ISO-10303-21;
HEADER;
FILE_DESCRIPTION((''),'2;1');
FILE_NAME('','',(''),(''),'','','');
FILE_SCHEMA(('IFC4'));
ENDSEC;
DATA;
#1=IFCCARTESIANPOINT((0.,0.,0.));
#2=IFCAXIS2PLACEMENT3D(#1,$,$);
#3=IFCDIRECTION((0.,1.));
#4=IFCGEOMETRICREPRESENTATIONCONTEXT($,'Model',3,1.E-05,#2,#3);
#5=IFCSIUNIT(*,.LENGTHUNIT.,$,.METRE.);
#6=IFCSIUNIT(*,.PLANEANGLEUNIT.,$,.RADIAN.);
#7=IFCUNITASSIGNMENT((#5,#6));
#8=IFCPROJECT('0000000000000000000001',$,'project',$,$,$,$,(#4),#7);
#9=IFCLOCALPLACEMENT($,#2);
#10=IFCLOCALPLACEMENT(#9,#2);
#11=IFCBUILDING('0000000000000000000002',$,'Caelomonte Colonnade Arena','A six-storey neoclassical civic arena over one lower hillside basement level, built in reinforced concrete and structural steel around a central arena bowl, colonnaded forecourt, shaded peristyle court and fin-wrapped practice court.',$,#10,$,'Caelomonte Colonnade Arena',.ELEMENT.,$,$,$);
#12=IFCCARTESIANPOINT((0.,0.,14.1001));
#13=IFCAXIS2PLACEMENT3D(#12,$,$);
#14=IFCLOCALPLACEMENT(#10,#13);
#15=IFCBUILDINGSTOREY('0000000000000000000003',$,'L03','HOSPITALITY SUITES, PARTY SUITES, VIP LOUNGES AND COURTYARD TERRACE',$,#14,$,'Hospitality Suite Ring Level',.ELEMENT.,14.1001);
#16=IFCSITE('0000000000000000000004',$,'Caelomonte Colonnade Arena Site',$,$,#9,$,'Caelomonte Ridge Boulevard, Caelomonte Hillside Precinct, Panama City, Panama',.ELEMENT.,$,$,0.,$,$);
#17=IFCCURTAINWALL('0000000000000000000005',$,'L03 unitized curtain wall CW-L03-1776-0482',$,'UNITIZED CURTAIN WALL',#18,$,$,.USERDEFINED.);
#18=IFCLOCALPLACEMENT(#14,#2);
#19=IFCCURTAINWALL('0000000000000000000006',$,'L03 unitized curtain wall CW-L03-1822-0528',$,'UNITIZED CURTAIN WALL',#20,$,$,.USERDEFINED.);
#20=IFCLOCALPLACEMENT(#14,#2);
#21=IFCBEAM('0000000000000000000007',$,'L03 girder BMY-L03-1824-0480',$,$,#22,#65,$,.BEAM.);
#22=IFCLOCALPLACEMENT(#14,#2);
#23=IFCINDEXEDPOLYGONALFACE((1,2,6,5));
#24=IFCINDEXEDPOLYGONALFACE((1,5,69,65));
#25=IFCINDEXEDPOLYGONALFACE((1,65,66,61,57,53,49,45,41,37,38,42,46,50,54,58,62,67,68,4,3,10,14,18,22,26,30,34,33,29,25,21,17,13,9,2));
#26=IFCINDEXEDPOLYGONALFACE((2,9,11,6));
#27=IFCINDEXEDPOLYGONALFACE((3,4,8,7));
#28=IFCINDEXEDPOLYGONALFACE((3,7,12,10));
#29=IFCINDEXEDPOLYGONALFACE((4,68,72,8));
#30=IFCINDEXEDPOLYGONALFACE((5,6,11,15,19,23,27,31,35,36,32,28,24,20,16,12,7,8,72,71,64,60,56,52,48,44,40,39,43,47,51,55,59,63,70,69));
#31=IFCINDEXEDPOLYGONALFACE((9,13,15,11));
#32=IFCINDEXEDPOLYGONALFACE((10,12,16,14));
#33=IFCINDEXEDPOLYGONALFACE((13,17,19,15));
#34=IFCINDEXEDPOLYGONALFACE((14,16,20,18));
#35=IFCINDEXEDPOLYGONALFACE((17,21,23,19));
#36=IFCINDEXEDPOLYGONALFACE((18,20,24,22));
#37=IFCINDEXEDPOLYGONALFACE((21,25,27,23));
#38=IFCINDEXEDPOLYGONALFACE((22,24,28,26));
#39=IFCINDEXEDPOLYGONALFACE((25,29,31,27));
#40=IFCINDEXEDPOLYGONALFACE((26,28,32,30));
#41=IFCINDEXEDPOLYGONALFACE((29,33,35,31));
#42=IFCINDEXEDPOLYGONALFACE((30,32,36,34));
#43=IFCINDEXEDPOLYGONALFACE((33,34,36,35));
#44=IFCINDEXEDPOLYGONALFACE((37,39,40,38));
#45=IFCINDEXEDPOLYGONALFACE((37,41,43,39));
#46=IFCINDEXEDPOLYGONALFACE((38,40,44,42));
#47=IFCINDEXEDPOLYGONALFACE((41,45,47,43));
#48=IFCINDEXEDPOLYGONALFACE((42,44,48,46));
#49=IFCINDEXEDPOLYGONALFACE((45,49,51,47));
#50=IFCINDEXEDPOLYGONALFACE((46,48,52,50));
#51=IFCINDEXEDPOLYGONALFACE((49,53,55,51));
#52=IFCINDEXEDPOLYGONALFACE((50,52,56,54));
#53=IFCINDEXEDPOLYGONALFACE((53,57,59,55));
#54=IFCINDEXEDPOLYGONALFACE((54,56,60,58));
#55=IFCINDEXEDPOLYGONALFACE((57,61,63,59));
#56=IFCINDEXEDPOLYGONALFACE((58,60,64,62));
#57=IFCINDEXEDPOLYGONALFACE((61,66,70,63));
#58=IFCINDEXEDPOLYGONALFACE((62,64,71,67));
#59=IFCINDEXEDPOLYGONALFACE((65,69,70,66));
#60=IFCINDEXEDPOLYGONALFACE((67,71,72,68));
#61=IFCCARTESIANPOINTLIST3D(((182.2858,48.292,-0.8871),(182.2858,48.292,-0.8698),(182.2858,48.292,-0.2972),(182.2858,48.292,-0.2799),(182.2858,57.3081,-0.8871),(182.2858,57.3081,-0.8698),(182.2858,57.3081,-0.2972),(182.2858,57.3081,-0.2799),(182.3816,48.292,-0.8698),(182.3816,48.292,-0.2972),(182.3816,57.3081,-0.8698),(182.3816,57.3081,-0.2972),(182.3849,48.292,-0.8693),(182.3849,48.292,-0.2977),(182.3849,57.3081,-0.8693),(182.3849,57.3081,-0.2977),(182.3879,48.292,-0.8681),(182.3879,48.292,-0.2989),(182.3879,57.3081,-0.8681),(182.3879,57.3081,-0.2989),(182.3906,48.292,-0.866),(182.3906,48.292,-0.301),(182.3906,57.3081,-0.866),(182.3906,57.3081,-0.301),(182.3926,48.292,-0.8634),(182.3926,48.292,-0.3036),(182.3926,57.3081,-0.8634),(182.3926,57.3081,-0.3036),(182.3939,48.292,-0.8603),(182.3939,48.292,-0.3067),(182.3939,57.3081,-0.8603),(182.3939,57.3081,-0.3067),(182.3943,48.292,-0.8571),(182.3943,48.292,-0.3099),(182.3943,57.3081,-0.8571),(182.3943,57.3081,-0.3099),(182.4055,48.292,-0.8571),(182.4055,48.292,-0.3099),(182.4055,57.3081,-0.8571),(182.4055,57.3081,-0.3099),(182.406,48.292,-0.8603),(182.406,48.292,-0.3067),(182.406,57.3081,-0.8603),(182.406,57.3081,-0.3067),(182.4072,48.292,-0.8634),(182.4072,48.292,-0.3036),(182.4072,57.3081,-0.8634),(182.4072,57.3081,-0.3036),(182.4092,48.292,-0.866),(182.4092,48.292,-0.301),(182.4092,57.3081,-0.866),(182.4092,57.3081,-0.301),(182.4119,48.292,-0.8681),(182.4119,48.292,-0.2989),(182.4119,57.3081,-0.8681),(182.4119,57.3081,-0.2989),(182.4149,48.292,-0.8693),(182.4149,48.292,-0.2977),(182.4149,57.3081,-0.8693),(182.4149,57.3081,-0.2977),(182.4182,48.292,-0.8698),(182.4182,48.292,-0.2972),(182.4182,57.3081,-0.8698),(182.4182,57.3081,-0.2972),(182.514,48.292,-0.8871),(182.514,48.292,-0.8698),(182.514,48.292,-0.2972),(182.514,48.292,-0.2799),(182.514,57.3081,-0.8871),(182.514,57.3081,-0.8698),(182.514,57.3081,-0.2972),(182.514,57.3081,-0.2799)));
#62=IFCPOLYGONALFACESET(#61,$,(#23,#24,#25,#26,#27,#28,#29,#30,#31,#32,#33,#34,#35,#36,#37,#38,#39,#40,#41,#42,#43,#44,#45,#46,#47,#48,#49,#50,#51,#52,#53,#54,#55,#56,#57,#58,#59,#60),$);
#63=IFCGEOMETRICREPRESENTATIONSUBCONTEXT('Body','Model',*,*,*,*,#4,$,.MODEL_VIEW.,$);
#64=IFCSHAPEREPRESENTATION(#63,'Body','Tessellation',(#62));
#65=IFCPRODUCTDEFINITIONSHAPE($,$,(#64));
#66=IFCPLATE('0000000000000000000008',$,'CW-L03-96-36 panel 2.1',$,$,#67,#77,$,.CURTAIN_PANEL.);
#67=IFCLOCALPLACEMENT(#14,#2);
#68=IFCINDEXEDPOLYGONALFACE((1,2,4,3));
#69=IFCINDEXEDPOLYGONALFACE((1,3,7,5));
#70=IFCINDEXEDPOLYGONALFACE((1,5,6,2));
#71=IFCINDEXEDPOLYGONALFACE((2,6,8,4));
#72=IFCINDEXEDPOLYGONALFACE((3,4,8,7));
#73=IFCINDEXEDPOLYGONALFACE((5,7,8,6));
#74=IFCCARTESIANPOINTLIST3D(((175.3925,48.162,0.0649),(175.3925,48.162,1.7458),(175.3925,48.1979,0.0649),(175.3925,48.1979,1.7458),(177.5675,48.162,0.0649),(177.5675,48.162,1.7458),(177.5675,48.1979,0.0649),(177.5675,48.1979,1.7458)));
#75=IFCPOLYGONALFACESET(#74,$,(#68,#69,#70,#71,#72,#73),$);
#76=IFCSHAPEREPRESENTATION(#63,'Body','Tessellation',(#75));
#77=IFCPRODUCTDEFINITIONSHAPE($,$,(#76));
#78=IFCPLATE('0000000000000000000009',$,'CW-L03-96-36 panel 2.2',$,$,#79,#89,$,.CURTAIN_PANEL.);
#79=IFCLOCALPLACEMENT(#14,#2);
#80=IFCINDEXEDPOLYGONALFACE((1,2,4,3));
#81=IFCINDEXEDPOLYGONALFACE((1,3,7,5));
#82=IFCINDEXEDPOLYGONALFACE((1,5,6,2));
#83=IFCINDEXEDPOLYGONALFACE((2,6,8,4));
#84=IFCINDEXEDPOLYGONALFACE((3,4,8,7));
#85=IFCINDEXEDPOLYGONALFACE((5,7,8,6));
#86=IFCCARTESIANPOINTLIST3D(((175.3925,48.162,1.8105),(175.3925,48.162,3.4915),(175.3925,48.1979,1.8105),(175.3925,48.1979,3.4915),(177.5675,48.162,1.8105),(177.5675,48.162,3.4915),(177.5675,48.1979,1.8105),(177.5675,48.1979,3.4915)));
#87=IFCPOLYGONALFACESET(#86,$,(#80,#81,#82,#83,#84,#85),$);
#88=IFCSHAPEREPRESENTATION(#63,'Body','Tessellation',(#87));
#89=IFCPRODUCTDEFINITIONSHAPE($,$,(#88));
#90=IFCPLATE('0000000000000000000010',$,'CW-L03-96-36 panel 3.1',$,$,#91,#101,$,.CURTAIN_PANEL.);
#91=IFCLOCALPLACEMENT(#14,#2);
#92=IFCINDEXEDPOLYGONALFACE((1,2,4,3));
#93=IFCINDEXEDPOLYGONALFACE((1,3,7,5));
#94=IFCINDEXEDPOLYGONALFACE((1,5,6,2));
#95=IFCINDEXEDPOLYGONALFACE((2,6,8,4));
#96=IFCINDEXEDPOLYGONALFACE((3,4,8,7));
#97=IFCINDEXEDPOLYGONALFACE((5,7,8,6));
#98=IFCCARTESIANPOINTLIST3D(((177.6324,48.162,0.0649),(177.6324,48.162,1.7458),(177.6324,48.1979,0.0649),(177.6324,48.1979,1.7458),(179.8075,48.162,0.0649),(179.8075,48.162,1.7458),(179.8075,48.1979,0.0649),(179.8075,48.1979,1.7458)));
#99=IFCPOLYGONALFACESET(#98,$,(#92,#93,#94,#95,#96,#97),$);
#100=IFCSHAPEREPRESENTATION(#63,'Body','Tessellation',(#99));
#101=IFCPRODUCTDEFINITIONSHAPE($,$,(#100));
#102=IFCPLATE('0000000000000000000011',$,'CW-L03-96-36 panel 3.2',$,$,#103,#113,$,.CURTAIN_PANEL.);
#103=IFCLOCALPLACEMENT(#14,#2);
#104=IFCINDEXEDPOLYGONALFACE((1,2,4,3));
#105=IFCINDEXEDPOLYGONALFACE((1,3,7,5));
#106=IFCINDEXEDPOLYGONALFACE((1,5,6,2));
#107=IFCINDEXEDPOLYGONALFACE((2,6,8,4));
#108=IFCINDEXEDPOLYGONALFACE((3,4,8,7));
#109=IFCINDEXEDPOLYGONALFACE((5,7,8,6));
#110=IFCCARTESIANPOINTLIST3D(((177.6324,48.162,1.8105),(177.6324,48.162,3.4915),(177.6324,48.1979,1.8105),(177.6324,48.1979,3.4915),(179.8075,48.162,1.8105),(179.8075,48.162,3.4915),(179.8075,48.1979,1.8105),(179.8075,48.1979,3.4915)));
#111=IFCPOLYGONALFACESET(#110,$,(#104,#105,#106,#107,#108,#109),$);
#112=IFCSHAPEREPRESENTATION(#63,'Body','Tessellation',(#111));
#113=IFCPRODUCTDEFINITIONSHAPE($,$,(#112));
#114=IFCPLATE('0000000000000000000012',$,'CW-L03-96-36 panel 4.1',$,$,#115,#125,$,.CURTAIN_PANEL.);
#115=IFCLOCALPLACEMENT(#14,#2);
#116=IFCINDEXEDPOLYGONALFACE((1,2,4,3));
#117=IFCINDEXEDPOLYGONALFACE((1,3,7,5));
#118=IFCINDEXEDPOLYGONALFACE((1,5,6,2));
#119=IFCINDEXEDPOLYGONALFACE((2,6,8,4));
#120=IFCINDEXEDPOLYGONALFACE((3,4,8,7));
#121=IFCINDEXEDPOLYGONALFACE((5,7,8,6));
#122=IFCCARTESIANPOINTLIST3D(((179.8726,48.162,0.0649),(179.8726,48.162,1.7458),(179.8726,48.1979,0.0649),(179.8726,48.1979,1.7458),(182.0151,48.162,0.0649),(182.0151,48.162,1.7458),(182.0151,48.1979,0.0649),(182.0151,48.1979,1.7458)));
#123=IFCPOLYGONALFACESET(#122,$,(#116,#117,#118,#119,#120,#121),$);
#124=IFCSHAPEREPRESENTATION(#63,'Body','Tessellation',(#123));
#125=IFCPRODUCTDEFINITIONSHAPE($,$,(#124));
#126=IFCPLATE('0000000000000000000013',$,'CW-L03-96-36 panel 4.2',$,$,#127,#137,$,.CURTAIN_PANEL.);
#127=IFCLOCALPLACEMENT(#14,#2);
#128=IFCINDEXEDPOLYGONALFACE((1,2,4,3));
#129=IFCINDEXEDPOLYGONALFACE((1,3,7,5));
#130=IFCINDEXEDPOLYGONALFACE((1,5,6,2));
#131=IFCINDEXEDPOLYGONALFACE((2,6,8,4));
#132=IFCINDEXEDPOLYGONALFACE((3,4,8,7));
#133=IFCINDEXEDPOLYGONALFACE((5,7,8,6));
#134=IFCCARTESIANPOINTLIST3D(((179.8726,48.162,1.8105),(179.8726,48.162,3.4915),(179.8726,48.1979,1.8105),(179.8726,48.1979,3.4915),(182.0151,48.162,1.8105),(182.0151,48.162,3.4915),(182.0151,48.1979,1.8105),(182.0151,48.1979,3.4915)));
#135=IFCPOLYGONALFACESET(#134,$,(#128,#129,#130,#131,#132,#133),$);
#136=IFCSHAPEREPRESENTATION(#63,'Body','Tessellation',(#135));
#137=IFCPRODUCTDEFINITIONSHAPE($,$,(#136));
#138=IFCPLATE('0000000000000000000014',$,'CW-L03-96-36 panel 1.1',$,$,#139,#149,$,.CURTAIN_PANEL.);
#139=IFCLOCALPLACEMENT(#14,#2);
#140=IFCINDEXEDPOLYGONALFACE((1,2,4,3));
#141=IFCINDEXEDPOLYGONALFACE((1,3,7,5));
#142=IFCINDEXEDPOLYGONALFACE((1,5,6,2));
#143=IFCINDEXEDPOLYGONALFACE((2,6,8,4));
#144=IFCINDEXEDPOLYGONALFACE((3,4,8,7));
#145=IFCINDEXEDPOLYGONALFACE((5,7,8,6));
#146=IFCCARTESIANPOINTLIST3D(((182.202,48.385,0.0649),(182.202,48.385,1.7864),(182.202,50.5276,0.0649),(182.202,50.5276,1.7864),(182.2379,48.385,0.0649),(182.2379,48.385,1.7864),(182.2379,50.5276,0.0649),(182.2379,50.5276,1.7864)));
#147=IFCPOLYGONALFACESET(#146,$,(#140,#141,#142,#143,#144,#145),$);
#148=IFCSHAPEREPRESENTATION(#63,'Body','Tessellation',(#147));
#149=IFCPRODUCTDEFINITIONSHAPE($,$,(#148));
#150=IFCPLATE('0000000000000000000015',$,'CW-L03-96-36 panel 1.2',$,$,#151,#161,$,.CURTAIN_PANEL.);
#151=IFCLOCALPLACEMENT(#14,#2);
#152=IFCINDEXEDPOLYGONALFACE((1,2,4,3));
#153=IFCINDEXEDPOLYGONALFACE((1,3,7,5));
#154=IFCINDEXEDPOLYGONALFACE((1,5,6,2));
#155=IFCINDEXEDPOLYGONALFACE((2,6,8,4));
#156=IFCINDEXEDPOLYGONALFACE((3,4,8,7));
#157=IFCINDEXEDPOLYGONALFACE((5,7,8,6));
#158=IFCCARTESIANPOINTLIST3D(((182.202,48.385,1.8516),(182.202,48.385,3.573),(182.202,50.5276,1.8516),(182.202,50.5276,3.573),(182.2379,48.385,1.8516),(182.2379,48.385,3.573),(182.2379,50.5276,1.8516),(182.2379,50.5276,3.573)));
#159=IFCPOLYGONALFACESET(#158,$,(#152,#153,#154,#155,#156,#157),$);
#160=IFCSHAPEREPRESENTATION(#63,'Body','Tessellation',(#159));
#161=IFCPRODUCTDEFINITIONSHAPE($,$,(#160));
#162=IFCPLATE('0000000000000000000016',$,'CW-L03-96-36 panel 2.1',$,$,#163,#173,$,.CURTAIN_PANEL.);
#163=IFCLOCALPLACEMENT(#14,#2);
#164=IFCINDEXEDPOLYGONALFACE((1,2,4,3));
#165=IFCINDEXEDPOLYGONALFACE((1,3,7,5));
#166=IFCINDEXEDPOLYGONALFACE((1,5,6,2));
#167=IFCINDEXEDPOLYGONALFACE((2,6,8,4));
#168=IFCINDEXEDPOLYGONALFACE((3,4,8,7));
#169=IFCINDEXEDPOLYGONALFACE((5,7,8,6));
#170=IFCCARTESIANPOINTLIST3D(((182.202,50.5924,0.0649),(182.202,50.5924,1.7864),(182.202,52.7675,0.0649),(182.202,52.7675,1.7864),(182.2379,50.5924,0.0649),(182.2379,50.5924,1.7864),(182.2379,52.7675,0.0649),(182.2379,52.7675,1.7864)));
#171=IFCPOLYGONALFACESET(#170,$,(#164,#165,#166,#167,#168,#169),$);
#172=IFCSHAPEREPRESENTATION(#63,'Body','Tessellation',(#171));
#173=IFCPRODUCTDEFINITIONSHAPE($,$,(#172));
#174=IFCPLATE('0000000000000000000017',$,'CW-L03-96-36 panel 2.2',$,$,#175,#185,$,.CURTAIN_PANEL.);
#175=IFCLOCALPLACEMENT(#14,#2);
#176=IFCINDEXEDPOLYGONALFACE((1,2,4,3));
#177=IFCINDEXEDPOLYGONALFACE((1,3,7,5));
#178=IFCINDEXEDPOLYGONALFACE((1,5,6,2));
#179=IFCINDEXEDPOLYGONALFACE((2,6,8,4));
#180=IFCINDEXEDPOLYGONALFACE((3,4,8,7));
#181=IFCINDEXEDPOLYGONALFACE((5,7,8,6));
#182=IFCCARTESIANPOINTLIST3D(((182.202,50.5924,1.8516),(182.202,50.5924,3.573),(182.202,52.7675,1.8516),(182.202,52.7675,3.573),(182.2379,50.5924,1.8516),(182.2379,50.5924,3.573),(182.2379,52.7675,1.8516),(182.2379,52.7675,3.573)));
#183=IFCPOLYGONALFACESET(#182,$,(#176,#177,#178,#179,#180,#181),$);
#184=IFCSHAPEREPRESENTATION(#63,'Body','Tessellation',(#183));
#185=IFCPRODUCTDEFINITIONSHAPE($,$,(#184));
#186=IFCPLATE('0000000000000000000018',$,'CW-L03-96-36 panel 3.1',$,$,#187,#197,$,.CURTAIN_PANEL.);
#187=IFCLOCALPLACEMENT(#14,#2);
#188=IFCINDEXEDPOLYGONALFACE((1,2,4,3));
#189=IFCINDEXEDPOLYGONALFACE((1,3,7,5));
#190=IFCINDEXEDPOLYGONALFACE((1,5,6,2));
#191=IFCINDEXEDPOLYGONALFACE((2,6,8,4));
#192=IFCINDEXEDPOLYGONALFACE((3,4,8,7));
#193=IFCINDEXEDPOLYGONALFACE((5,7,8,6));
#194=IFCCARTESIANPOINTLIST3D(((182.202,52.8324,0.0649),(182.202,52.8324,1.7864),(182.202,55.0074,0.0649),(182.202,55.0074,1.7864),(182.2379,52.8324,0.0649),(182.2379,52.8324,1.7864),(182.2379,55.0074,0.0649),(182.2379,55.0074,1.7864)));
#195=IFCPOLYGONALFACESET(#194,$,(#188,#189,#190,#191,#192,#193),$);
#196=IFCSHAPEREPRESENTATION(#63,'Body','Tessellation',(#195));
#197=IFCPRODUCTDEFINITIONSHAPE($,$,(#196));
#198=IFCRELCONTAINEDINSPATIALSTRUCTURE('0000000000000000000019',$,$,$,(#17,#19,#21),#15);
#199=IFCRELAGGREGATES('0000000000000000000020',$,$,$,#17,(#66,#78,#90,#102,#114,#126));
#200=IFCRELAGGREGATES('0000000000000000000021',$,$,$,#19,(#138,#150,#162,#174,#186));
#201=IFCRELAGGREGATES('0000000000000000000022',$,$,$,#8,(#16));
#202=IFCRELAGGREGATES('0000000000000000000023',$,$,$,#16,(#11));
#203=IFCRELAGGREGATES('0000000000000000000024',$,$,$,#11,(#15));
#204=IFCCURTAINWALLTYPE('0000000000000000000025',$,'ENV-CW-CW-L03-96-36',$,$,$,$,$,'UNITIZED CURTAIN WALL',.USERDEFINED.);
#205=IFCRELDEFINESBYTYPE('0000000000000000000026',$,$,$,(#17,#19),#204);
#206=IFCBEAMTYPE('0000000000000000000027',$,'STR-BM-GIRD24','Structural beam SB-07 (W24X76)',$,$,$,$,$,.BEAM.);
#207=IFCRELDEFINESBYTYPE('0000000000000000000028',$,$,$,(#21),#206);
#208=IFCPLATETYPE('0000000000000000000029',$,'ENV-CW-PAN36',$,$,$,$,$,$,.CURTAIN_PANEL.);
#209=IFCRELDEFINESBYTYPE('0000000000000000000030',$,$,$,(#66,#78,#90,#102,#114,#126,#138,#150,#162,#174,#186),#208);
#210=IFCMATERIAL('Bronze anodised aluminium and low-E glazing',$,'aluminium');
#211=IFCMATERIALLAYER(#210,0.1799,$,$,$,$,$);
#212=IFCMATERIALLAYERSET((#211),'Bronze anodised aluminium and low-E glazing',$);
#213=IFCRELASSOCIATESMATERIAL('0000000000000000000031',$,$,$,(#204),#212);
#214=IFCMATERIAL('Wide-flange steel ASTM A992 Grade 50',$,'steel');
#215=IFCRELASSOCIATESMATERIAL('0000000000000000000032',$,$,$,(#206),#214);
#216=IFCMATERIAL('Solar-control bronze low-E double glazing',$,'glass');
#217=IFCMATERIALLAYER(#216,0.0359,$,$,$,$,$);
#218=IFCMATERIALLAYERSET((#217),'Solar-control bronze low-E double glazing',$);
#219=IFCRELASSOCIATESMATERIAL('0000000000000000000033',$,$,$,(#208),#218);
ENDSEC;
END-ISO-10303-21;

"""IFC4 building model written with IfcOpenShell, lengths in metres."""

from ifc_helpers import new_model, si_unit, direction, frame, origin, origin_2d, place, context, subcontext, project, spatial, rectangle, i_section, extrude, material, layer, layer_set, material_profile, profile_set, type_object, element, aggregate, save


model = new_model("IFC4")

# Units and contexts
model_context = context("Model", 3, precision=1e-05, world=origin(), true_north=direction((0.0, 1.0)))
body_context = subcontext(model_context, "Body", "Model", "MODEL_VIEW")
ifc_project = project(units=[si_unit("LENGTHUNIT", "METRE"), si_unit("PLANEANGLEUNIT", "RADIAN")], contexts=[model_context])

# Site, building, storey
site_placement = place(None, origin())
site = spatial("IfcSite", under=ifc_project, at=site_placement, Name="Caelomonte Colonnade Arena Site", LongName="Caelomonte Ridge Boulevard, Caelomonte Hillside Precinct, Panama City, Panama", CompositionType="ELEMENT", RefElevation=0.0)
building_placement = place(site_placement, origin())
building = spatial("IfcBuilding", under=site, at=building_placement, Name="Caelomonte Colonnade Arena", Description="A six-storey neoclassical civic arena over one lower hillside basement level, built in reinforced concrete and structural steel around a central arena bowl, colonnaded forecourt, shaded peristyle court and fin-wrapped practice court.", LongName="Caelomonte Colonnade Arena", CompositionType="ELEMENT")
storey_placement = place(building_placement, frame((0.0, 0.0, 14.1001)))
storey = spatial("IfcBuildingStorey", under=building, at=storey_placement, Name="L03", Description="HOSPITALITY SUITES, PARTY SUITES, VIP LOUNGES AND COURTYARD TERRACE", LongName="Hospitality Suite Ring Level", CompositionType="ELEMENT", Elevation=14.1001)

# Curtain walls
ifc_material_1 = material(Name="Bronze anodised aluminium and low-E glazing", Category="aluminium")
ifc_layer_1 = layer(ifc_material_1, 0.1799)
ifc_layer_set_1 = layer_set([ifc_layer_1], Name="Bronze anodised aluminium and low-E glazing")
curtain_wall_type = type_object("IfcCurtainWallType", Name="ENV-CW-CW-L03-96-36", ElementType="UNITIZED CURTAIN WALL", PredefinedType="USERDEFINED", material=ifc_layer_set_1)
curtain_wall_1_placement = place(storey_placement, origin())
curtain_wall_1 = element("IfcCurtainWall", 1, at=curtain_wall_1_placement, inside=storey, type_object=curtain_wall_type, Name="L03 unitized curtain wall CW-L03-1776-0482", ObjectType="UNITIZED CURTAIN WALL", PredefinedType="USERDEFINED")
curtain_wall_2_placement = place(storey_placement, origin())
curtain_wall_2 = element("IfcCurtainWall", 2, at=curtain_wall_2_placement, inside=storey, type_object=curtain_wall_type, Name="L03 unitized curtain wall CW-L03-1822-0528", ObjectType="UNITIZED CURTAIN WALL", PredefinedType="USERDEFINED")

# Beam
ifc_material_2 = material(Name="Wide-flange steel ASTM A992 Grade 50", Category="steel")
ifc_material_profile_1 = material_profile(ifc_material_2, i_section(OverallWidth=0.2283, OverallDepth=0.6072, WebThickness=0.0112, FlangeThickness=0.0173, FilletRadius=0.0127, at=origin_2d()), Name="W24X76")
ifc_profile_set_1 = profile_set([ifc_material_profile_1], Name="Wide-flange steel ASTM A992 Grade 50")
beam_type = type_object("IfcBeamType", Name="STR-BM-GIRD24", Description="Structural beam SB-07 (W24X76)", PredefinedType="BEAM", material=ifc_profile_set_1)
beam_placement = place(storey_placement, frame((182.3999, 48.292, -0.5835), z_axis=(0.0, 1.0, 0.0), x_axis=(-1.0, 0.0, 0.0)))
element("IfcBeam", 3, at=beam_placement, inside=storey, type_object=beam_type, Name="L03 girder BMY-L03-1824-0480", PredefinedType="BEAM", context=body_context, shape_type="SweptSolid", body=[
    extrude(i_section(OverallWidth=0.2283, OverallDepth=0.6072, WebThickness=0.0112, FlangeThickness=0.0173, FilletRadius=0.0127, at=origin_2d()), origin(), (0.0, 0.0, 1.0), 9.0161),
])

# Plates
ifc_material_3 = material(Name="Solar-control bronze low-E double glazing", Category="glass")
ifc_layer_2 = layer(ifc_material_3, 0.0359)
ifc_layer_set_2 = layer_set([ifc_layer_2], Name="Solar-control bronze low-E double glazing")
plate_type = type_object("IfcPlateType", Name="ENV-CW-PAN36", PredefinedType="CURTAIN_PANEL", material=ifc_layer_set_2)
plate_1_placement = place(storey_placement, frame((176.48, 48.1799, 0.0649), z_axis=(0.0, 0.0, 1.0), x_axis=(1.0, 0.0, 0.0)))
plate_1 = element("IfcPlate", 4, at=plate_1_placement, type_object=plate_type, Name="CW-L03-96-36 panel 2.1", PredefinedType="CURTAIN_PANEL", context=body_context, shape_type="SweptSolid", body=[
    extrude(rectangle(XDim=2.175, YDim=0.0359, at=origin_2d()), origin(), (0.0, 0.0, 1.0), 1.6809),
])
plate_2_placement = place(storey_placement, frame((176.48, 48.1799, 1.8105), z_axis=(0.0, 0.0, 1.0), x_axis=(1.0, 0.0, 0.0)))
plate_2 = element("IfcPlate", 5, at=plate_2_placement, type_object=plate_type, Name="CW-L03-96-36 panel 2.2", PredefinedType="CURTAIN_PANEL", context=body_context, shape_type="SweptSolid", body=[
    extrude(rectangle(XDim=2.175, YDim=0.0359, at=origin_2d()), origin(), (0.0, 0.0, 1.0), 1.6809),
])
plate_3_placement = place(storey_placement, frame((178.72, 48.1799, 0.0649), z_axis=(0.0, 0.0, 1.0), x_axis=(1.0, 0.0, 0.0)))
plate_3 = element("IfcPlate", 6, at=plate_3_placement, type_object=plate_type, Name="CW-L03-96-36 panel 3.1", PredefinedType="CURTAIN_PANEL", context=body_context, shape_type="SweptSolid", body=[
    extrude(rectangle(XDim=2.175, YDim=0.0359, at=origin_2d()), origin(), (0.0, 0.0, 1.0), 1.6809),
])
plate_4_placement = place(storey_placement, frame((178.72, 48.1799, 1.8105), z_axis=(0.0, 0.0, 1.0), x_axis=(1.0, 0.0, 0.0)))
plate_4 = element("IfcPlate", 7, at=plate_4_placement, type_object=plate_type, Name="CW-L03-96-36 panel 3.2", PredefinedType="CURTAIN_PANEL", context=body_context, shape_type="SweptSolid", body=[
    extrude(rectangle(XDim=2.175, YDim=0.0359, at=origin_2d()), origin(), (0.0, 0.0, 1.0), 1.6809),
])
plate_5_placement = place(storey_placement, frame((180.9438, 48.1799, 0.0649), z_axis=(0.0, 0.0, 1.0), x_axis=(1.0, 0.0, 0.0)))
plate_5 = element("IfcPlate", 8, at=plate_5_placement, type_object=plate_type, Name="CW-L03-96-36 panel 4.1", PredefinedType="CURTAIN_PANEL", context=body_context, shape_type="SweptSolid", body=[
    extrude(rectangle(XDim=2.1426, YDim=0.0359, at=origin_2d()), origin(), (0.0, 0.0, 1.0), 1.6809),
])
plate_6_placement = place(storey_placement, frame((180.9438, 48.1799, 1.8105), z_axis=(0.0, 0.0, 1.0), x_axis=(1.0, 0.0, 0.0)))
plate_6 = element("IfcPlate", 9, at=plate_6_placement, type_object=plate_type, Name="CW-L03-96-36 panel 4.2", PredefinedType="CURTAIN_PANEL", context=body_context, shape_type="SweptSolid", body=[
    extrude(rectangle(XDim=2.1426, YDim=0.0359, at=origin_2d()), origin(), (0.0, 0.0, 1.0), 1.6809),
])
aggregate(curtain_wall_1, [plate_1, plate_2, plate_3, plate_4, plate_5, plate_6])
plate_7_placement = place(storey_placement, frame((182.22, 49.4563, 0.0649), z_axis=(0.0, 0.0, 1.0), x_axis=(0.0, 1.0, 0.0)))
plate_7 = element("IfcPlate", 10, at=plate_7_placement, type_object=plate_type, Name="CW-L03-96-36 panel 1.1", PredefinedType="CURTAIN_PANEL", context=body_context, shape_type="SweptSolid", body=[
    extrude(rectangle(XDim=2.1426, YDim=0.0359, at=origin_2d()), origin(), (0.0, 0.0, 1.0), 1.7214),
])
plate_8_placement = place(storey_placement, frame((182.22, 49.4563, 1.8516), z_axis=(0.0, 0.0, 1.0), x_axis=(0.0, 1.0, 0.0)))
plate_8 = element("IfcPlate", 11, at=plate_8_placement, type_object=plate_type, Name="CW-L03-96-36 panel 1.2", PredefinedType="CURTAIN_PANEL", context=body_context, shape_type="SweptSolid", body=[
    extrude(rectangle(XDim=2.1426, YDim=0.0359, at=origin_2d()), origin(), (0.0, 0.0, 1.0), 1.7214),
])
plate_9_placement = place(storey_placement, frame((182.22, 51.6799, 0.0649), z_axis=(0.0, 0.0, 1.0), x_axis=(0.0, 1.0, 0.0)))
plate_9 = element("IfcPlate", 12, at=plate_9_placement, type_object=plate_type, Name="CW-L03-96-36 panel 2.1", PredefinedType="CURTAIN_PANEL", context=body_context, shape_type="SweptSolid", body=[
    extrude(rectangle(XDim=2.175, YDim=0.0359, at=origin_2d()), origin(), (0.0, 0.0, 1.0), 1.7214),
])
plate_10_placement = place(storey_placement, frame((182.22, 51.6799, 1.8516), z_axis=(0.0, 0.0, 1.0), x_axis=(0.0, 1.0, 0.0)))
plate_10 = element("IfcPlate", 13, at=plate_10_placement, type_object=plate_type, Name="CW-L03-96-36 panel 2.2", PredefinedType="CURTAIN_PANEL", context=body_context, shape_type="SweptSolid", body=[
    extrude(rectangle(XDim=2.175, YDim=0.0359, at=origin_2d()), origin(), (0.0, 0.0, 1.0), 1.7214),
])
plate_11_placement = place(storey_placement, frame((182.22, 53.9199, 0.0649), z_axis=(0.0, 0.0, 1.0), x_axis=(0.0, 1.0, 0.0)))
plate_11 = element("IfcPlate", 14, at=plate_11_placement, type_object=plate_type, Name="CW-L03-96-36 panel 3.1", PredefinedType="CURTAIN_PANEL", context=body_context, shape_type="SweptSolid", body=[
    extrude(rectangle(XDim=2.175, YDim=0.0359, at=origin_2d()), origin(), (0.0, 0.0, 1.0), 1.7214),
])
aggregate(curtain_wall_2, [plate_7, plate_8, plate_9, plate_10, plate_11])

save(model, "model.ifc")
